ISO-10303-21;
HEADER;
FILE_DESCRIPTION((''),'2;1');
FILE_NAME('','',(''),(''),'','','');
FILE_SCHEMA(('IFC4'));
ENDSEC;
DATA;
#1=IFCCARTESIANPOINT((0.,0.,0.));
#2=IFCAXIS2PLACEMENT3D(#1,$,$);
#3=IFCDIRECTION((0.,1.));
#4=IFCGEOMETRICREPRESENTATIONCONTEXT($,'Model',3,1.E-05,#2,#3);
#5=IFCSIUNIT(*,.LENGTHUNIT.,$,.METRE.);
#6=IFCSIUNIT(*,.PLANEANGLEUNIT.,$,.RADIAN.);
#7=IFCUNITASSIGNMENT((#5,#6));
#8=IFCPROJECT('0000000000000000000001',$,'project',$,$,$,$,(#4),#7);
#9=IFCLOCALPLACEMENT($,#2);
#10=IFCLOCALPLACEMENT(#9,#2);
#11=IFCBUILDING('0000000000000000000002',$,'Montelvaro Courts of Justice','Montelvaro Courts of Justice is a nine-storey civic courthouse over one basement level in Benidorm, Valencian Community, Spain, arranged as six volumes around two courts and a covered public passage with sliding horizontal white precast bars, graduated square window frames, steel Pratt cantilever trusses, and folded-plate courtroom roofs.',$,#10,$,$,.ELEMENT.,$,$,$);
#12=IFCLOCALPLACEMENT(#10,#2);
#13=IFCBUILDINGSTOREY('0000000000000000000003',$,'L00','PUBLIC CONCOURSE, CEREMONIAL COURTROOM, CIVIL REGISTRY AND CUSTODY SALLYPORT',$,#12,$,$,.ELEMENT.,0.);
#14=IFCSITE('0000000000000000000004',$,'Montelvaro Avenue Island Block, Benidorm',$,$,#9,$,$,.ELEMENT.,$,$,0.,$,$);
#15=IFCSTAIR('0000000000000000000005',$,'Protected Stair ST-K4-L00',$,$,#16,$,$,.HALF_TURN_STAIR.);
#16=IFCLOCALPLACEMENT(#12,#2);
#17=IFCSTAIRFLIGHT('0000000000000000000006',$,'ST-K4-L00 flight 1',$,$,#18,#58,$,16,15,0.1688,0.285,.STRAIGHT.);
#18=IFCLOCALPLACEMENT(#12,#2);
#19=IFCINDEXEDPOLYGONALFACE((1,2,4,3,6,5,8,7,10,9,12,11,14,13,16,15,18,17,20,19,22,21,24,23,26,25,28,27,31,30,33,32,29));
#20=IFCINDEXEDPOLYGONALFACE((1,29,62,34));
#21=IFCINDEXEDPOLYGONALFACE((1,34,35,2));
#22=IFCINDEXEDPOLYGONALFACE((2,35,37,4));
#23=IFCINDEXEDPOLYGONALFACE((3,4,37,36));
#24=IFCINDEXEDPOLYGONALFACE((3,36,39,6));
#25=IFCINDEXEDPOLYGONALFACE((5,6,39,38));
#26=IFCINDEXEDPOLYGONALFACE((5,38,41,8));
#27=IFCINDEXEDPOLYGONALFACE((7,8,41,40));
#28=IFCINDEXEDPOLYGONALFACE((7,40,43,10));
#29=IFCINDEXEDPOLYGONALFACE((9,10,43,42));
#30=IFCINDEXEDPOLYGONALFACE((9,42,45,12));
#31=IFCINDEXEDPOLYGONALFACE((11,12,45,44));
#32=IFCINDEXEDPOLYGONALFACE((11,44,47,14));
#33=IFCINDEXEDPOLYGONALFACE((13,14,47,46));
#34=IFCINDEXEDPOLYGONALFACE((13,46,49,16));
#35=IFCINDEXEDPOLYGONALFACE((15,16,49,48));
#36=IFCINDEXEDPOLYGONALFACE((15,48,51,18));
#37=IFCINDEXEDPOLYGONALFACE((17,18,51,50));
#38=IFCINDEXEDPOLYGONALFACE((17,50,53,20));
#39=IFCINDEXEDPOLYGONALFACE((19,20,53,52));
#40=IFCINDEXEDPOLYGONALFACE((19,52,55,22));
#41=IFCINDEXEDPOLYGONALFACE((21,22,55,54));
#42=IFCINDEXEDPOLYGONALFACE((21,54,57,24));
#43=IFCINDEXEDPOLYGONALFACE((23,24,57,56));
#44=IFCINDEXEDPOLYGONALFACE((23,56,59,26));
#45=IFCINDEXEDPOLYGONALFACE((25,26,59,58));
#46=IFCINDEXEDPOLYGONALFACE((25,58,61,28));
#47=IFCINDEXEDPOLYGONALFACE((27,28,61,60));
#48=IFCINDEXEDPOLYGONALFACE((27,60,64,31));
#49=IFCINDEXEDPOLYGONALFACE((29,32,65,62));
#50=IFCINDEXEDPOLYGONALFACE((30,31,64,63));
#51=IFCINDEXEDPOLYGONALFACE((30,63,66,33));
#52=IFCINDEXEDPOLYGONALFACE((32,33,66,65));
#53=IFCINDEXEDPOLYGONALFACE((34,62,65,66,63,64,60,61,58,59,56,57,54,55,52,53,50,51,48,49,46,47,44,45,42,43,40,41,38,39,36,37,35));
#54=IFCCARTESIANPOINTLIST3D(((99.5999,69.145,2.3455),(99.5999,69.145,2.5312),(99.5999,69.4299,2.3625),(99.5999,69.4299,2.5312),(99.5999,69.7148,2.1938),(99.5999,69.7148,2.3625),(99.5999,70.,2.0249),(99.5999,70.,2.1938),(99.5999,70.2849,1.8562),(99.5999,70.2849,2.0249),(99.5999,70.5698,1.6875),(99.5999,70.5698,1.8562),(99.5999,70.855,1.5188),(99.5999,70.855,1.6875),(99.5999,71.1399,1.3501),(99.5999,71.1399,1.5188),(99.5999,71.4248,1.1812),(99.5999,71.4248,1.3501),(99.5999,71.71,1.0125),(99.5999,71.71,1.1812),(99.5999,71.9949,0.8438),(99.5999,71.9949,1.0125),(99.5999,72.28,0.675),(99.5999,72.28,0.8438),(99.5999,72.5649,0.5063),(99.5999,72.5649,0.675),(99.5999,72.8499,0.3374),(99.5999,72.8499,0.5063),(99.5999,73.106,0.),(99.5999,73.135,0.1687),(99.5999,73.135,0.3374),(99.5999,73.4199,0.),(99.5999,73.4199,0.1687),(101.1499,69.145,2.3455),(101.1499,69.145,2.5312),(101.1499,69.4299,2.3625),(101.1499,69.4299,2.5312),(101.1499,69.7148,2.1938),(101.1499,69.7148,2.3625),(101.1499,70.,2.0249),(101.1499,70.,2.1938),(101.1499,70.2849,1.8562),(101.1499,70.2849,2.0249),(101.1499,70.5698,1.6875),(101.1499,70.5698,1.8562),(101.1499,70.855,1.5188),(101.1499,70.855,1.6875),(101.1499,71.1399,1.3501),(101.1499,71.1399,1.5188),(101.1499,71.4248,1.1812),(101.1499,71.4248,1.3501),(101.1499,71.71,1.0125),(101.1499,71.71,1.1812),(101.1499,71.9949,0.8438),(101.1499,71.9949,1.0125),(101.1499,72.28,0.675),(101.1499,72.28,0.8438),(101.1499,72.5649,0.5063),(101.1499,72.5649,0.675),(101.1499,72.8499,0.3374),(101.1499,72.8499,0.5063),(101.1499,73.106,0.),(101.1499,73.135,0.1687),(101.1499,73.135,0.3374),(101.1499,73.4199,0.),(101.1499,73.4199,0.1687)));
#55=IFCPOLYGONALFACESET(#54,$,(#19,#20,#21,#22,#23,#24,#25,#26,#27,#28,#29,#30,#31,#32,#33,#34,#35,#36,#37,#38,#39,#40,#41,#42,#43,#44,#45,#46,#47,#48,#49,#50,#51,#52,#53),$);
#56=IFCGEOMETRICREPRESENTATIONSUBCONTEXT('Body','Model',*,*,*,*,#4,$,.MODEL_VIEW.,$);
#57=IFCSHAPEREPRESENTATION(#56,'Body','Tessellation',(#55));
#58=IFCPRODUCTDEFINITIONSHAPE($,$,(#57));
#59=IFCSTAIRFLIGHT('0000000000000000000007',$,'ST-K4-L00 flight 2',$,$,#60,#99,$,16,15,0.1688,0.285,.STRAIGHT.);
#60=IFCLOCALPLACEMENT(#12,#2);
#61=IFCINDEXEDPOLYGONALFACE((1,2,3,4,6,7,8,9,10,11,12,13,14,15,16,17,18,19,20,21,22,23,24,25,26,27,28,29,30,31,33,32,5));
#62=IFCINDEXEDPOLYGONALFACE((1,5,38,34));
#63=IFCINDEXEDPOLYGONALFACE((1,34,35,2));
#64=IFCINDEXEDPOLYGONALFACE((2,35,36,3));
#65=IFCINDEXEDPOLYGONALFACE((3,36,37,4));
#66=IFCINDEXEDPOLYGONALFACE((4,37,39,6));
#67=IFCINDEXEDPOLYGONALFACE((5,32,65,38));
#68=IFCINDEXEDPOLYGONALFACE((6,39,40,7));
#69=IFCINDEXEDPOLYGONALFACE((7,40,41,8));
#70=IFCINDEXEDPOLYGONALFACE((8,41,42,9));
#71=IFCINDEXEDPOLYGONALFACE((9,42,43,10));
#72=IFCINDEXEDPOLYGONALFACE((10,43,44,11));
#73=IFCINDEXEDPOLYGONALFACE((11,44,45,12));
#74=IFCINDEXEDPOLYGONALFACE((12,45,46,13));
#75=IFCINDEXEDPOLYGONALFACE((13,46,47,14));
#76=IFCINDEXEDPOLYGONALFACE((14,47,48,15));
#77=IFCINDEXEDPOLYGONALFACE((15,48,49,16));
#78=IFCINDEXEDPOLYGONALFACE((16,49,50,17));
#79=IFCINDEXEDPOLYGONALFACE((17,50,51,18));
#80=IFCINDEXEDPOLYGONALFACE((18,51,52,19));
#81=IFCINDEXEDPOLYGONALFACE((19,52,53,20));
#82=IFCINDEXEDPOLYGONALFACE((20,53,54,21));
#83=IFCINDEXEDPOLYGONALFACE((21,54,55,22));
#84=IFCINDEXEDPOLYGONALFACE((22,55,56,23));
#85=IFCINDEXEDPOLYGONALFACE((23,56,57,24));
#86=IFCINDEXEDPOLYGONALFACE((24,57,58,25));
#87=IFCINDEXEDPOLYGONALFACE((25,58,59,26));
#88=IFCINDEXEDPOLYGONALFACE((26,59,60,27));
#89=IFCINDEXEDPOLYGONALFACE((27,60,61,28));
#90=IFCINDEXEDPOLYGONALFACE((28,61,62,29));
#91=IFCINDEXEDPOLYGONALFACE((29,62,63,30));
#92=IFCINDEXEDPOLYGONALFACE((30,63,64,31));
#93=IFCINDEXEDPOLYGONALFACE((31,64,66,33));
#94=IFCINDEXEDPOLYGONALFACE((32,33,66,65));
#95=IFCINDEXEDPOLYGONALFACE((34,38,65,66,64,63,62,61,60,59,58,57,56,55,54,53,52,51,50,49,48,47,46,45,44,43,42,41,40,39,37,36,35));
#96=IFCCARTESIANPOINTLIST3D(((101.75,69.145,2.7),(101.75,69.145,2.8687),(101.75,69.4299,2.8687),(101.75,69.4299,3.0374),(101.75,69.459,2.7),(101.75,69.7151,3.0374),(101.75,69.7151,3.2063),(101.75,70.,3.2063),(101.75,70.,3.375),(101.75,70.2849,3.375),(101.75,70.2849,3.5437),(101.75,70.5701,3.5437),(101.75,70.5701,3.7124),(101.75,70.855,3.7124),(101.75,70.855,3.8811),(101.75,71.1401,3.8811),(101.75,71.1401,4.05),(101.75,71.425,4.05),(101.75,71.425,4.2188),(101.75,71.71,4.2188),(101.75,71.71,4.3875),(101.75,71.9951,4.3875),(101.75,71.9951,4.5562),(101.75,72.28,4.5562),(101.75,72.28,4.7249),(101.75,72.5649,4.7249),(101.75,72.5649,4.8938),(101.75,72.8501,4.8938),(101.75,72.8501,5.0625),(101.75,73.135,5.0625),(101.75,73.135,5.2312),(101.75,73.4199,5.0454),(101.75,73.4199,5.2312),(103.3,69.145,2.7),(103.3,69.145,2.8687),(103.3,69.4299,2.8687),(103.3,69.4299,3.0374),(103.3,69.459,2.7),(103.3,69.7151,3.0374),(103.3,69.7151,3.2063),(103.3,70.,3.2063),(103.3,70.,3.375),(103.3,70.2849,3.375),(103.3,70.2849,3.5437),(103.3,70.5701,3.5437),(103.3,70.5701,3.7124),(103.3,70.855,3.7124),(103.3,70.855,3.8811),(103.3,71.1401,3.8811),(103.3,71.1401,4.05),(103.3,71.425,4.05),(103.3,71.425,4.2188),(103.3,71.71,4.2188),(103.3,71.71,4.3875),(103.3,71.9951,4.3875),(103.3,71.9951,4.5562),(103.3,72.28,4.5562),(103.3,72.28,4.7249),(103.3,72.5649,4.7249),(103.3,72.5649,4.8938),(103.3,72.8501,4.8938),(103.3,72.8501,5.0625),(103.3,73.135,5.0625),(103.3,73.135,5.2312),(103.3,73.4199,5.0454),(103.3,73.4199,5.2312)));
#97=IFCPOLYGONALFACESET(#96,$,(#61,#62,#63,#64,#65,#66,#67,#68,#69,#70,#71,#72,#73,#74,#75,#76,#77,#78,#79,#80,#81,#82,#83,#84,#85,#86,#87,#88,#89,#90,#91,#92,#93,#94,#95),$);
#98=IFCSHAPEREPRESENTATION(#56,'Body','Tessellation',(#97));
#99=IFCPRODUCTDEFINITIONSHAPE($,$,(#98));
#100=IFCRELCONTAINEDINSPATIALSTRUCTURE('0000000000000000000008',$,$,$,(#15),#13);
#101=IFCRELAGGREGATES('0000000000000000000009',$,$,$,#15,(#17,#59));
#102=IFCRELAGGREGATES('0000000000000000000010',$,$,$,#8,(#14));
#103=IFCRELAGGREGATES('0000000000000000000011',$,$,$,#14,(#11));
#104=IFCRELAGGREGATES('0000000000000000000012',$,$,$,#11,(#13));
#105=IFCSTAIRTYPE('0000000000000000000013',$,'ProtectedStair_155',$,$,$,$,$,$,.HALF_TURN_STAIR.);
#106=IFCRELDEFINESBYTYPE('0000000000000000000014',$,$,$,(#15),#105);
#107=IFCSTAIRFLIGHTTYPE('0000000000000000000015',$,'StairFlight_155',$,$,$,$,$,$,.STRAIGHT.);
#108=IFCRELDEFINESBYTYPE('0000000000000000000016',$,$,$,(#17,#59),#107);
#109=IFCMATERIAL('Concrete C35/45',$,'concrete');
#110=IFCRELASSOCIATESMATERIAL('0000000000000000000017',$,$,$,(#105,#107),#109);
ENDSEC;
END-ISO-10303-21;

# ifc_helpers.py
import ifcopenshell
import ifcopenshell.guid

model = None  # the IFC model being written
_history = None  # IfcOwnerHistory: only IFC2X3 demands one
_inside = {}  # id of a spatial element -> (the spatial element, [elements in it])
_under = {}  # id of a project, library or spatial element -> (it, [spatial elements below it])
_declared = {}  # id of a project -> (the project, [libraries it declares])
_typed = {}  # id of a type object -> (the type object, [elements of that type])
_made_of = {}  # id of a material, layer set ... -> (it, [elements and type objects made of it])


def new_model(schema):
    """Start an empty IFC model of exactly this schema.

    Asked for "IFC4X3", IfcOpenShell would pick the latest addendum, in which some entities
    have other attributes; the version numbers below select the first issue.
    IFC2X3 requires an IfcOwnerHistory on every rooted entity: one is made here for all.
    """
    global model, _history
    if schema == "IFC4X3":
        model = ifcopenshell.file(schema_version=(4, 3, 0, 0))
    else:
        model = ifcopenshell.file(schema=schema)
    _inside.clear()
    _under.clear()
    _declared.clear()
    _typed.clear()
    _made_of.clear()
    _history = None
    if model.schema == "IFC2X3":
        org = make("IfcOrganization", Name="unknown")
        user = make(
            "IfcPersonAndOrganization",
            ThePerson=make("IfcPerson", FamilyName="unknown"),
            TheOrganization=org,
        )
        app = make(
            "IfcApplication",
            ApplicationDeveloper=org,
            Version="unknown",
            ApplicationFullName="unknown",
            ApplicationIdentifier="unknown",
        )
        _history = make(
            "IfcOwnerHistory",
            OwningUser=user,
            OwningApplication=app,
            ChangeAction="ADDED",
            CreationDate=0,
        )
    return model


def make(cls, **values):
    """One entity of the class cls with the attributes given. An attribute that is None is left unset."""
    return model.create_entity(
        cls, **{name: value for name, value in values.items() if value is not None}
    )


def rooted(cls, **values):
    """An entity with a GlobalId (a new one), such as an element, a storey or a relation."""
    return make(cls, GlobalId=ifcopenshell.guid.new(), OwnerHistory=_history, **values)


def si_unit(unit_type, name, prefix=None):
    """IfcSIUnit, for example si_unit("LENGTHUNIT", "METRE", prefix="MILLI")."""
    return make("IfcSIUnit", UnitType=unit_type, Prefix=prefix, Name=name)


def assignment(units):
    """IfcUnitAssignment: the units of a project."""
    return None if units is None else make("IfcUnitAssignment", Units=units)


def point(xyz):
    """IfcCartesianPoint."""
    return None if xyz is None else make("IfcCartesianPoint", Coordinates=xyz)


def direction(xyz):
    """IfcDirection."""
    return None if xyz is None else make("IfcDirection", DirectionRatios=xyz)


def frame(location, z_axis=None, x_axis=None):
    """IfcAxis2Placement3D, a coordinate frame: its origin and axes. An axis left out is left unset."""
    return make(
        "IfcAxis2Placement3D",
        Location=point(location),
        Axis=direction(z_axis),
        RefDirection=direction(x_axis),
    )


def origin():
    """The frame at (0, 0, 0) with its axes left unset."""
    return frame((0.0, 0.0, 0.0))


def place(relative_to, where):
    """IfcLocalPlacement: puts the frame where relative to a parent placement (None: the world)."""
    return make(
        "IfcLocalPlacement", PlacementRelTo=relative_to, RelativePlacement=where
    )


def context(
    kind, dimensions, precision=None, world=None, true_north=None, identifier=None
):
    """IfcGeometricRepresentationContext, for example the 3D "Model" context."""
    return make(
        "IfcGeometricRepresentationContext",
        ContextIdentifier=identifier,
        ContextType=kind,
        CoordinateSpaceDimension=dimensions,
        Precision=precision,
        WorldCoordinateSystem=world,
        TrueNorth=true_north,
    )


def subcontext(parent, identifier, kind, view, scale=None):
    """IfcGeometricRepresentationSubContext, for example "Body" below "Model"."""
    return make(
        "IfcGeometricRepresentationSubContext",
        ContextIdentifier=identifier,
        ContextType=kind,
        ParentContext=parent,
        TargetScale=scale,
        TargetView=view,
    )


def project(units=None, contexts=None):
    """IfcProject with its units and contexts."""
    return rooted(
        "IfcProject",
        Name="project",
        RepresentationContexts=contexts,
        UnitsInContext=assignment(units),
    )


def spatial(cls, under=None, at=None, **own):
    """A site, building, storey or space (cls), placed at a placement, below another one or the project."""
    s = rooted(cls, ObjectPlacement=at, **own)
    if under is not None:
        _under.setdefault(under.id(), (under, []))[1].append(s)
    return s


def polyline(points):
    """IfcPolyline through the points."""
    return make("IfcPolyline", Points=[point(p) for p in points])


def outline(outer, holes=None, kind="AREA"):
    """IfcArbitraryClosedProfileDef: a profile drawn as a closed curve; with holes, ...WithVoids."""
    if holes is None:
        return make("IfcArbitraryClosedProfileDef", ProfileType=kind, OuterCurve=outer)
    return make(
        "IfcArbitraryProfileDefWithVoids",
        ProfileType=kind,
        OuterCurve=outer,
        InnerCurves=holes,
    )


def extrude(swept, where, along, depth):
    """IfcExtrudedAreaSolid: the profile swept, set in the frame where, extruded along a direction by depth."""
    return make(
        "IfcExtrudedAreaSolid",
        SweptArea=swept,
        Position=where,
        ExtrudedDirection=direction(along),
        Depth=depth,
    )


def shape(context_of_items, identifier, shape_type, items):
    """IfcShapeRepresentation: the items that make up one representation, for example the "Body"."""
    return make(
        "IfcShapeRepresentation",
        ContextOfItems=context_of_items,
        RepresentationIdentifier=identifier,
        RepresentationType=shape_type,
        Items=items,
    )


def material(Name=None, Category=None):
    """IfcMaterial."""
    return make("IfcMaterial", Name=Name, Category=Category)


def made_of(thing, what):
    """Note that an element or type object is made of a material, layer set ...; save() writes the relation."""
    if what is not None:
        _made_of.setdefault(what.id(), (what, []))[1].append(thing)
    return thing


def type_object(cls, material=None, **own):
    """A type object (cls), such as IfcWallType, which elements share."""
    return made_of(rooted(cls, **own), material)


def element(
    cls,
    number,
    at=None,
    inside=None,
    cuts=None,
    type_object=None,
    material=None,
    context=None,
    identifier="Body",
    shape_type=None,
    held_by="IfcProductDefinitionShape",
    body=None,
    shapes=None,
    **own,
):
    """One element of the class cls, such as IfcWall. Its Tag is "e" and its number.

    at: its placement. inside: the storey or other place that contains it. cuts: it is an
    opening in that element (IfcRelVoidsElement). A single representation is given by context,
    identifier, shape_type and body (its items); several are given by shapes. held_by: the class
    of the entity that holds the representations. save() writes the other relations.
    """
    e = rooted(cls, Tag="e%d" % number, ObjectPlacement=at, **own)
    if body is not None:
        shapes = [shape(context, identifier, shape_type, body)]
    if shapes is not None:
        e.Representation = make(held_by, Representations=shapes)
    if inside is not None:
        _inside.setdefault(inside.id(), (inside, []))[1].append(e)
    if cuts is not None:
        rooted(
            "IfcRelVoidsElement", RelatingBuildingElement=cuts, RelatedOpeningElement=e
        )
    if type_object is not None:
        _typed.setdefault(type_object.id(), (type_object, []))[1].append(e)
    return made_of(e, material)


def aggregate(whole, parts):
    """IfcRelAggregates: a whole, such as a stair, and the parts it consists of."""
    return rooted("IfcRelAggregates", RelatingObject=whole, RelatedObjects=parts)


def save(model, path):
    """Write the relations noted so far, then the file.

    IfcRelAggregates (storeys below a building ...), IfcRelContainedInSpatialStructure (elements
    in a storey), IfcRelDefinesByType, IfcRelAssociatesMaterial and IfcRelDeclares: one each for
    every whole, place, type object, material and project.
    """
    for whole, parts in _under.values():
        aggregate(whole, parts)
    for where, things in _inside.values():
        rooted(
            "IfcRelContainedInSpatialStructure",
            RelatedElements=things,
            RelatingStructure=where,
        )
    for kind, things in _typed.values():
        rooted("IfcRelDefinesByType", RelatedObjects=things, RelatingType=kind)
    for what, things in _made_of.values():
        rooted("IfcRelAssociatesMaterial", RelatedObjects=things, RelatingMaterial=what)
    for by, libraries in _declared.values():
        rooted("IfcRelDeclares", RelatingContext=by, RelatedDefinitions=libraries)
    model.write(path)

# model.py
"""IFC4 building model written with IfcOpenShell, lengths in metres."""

from ifc_helpers import new_model, si_unit, direction, frame, origin, place, context, subcontext, project, spatial, polyline, outline, extrude, material, type_object, element, aggregate, save


model = new_model("IFC4")

# Units and contexts
model_context = context("Model", 3, precision=1e-05, world=origin(), true_north=direction((0.0, 1.0)))
body_context = subcontext(model_context, "Body", "Model", "MODEL_VIEW")
ifc_project = project(units=[si_unit("LENGTHUNIT", "METRE"), si_unit("PLANEANGLEUNIT", "RADIAN")], contexts=[model_context])

# Site, building, storey
site_placement = place(None, origin())
site = spatial("IfcSite", under=ifc_project, at=site_placement, Name="Montelvaro Avenue Island Block, Benidorm", CompositionType="ELEMENT", RefElevation=0.0)
building_placement = place(site_placement, origin())
building = spatial("IfcBuilding", under=site, at=building_placement, Name="Montelvaro Courts of Justice", Description="Montelvaro Courts of Justice is a nine-storey civic courthouse over one basement level in Benidorm, Valencian Community, Spain, arranged as six volumes around two courts and a covered public passage with sliding horizontal white precast bars, graduated square window frames, steel Pratt cantilever trusses, and folded-plate courtroom roofs.", CompositionType="ELEMENT")
storey_placement = place(building_placement, origin())
storey = spatial("IfcBuildingStorey", under=building, at=storey_placement, Name="L00", Description="PUBLIC CONCOURSE, CEREMONIAL COURTROOM, CIVIL REGISTRY AND CUSTODY SALLYPORT", CompositionType="ELEMENT", Elevation=0.0)

# Shared definitions
ifc_material_1 = material(Name="Concrete C35/45", Category="concrete")

# Stair, stair flights
stair_type = type_object("IfcStairType", Name="ProtectedStair_155", PredefinedType="HALF_TURN_STAIR", material=ifc_material_1)
stair_placement = place(storey_placement, origin())
stair = element("IfcStair", 1, at=stair_placement, inside=storey, type_object=stair_type, Name="Protected Stair ST-K4-L00", PredefinedType="HALF_TURN_STAIR")
stair_flight_type = type_object("IfcStairFlightType", Name="StairFlight_155", PredefinedType="STRAIGHT", material=ifc_material_1)
stair_flight_1_placement = place(storey_placement, frame((100.375, 73.4199, 0.0), z_axis=(0.0, 0.0, 1.0), x_axis=(0.0, -1.0, 0.0)))
stair_flight_1 = element("IfcStairFlight", 2, at=stair_flight_1_placement, type_object=stair_flight_type, Name="ST-K4-L00 flight 1", NumberOfRisers=16, NumberOfTreads=15, PredefinedType="STRAIGHT", RiserHeight=0.1688, TreadLength=0.285, context=body_context, shape_type="SweptSolid", body=[
    extrude(outline(polyline([(0.0, 0.0), (0.0, 0.1687), (0.2849, 0.1687), (0.2849, 0.3374), (0.5701, 0.3374), (0.5701, 0.5063), (0.855, 0.5063), (0.855, 0.675), (1.1399, 0.675), (1.1399, 0.8438), (1.425, 0.8438), (1.425, 1.0125), (1.71, 1.0125), (1.71, 1.1812), (1.9951, 1.1812), (1.9951, 1.3501), (2.28, 1.3501), (2.28, 1.5188), (2.5649, 1.5188), (2.5649, 1.6875), (2.8501, 1.6875), (2.8501, 1.8562), (3.135, 1.8562), (3.135, 2.0249), (3.4199, 2.0249), (3.4199, 2.1938), (3.7051, 2.1938), (3.7051, 2.3625), (3.99, 2.3625), (3.99, 2.5312), (4.2749, 2.5312), (4.2749, 2.7), (4.2749, 2.3455), (0.314, 0.0), (0.0, 0.0)])), frame((0.0, 0.7749, 0.0), z_axis=(0.0, -1.0, 0.0), x_axis=(1.0, 0.0, 0.0)), (0.0, 0.0, 1.0), 1.55),
])
stair_flight_2_placement = place(storey_placement, frame((102.5249, 69.145, 2.7), z_axis=(0.0, 0.0, 1.0), x_axis=(0.0, 1.0, 0.0)))
stair_flight_2 = element("IfcStairFlight", 3, at=stair_flight_2_placement, type_object=stair_flight_type, Name="ST-K4-L00 flight 2", NumberOfRisers=16, NumberOfTreads=15, PredefinedType="STRAIGHT", RiserHeight=0.1688, TreadLength=0.285, context=body_context, shape_type="SweptSolid", body=[
    extrude(outline(polyline([(0.0, 0.0), (0.0, 0.1687), (0.2849, 0.1687), (0.2849, 0.3374), (0.5701, 0.3374), (0.5701, 0.5063), (0.855, 0.5063), (0.855, 0.675), (1.1399, 0.675), (1.1399, 0.8438), (1.425, 0.8438), (1.425, 1.0125), (1.71, 1.0125), (1.71, 1.1812), (1.9951, 1.1812), (1.9951, 1.3501), (2.28, 1.3501), (2.28, 1.5188), (2.5649, 1.5188), (2.5649, 1.6875), (2.8501, 1.6875), (2.8501, 1.8562), (3.135, 1.8562), (3.135, 2.0249), (3.4199, 2.0249), (3.4199, 2.1938), (3.7051, 2.1938), (3.7051, 2.3625), (3.99, 2.3625), (3.99, 2.5312), (4.2749, 2.5312), (4.2749, 2.7), (4.2749, 2.3455), (0.314, 0.0), (0.0, 0.0)])), frame((0.0, 0.7749, 0.0), z_axis=(0.0, -1.0, 0.0), x_axis=(1.0, 0.0, 0.0)), (0.0, 0.0, 1.0), 1.55),
])
aggregate(stair, [stair_flight_1, stair_flight_2])

save(model, "model.ifc")
